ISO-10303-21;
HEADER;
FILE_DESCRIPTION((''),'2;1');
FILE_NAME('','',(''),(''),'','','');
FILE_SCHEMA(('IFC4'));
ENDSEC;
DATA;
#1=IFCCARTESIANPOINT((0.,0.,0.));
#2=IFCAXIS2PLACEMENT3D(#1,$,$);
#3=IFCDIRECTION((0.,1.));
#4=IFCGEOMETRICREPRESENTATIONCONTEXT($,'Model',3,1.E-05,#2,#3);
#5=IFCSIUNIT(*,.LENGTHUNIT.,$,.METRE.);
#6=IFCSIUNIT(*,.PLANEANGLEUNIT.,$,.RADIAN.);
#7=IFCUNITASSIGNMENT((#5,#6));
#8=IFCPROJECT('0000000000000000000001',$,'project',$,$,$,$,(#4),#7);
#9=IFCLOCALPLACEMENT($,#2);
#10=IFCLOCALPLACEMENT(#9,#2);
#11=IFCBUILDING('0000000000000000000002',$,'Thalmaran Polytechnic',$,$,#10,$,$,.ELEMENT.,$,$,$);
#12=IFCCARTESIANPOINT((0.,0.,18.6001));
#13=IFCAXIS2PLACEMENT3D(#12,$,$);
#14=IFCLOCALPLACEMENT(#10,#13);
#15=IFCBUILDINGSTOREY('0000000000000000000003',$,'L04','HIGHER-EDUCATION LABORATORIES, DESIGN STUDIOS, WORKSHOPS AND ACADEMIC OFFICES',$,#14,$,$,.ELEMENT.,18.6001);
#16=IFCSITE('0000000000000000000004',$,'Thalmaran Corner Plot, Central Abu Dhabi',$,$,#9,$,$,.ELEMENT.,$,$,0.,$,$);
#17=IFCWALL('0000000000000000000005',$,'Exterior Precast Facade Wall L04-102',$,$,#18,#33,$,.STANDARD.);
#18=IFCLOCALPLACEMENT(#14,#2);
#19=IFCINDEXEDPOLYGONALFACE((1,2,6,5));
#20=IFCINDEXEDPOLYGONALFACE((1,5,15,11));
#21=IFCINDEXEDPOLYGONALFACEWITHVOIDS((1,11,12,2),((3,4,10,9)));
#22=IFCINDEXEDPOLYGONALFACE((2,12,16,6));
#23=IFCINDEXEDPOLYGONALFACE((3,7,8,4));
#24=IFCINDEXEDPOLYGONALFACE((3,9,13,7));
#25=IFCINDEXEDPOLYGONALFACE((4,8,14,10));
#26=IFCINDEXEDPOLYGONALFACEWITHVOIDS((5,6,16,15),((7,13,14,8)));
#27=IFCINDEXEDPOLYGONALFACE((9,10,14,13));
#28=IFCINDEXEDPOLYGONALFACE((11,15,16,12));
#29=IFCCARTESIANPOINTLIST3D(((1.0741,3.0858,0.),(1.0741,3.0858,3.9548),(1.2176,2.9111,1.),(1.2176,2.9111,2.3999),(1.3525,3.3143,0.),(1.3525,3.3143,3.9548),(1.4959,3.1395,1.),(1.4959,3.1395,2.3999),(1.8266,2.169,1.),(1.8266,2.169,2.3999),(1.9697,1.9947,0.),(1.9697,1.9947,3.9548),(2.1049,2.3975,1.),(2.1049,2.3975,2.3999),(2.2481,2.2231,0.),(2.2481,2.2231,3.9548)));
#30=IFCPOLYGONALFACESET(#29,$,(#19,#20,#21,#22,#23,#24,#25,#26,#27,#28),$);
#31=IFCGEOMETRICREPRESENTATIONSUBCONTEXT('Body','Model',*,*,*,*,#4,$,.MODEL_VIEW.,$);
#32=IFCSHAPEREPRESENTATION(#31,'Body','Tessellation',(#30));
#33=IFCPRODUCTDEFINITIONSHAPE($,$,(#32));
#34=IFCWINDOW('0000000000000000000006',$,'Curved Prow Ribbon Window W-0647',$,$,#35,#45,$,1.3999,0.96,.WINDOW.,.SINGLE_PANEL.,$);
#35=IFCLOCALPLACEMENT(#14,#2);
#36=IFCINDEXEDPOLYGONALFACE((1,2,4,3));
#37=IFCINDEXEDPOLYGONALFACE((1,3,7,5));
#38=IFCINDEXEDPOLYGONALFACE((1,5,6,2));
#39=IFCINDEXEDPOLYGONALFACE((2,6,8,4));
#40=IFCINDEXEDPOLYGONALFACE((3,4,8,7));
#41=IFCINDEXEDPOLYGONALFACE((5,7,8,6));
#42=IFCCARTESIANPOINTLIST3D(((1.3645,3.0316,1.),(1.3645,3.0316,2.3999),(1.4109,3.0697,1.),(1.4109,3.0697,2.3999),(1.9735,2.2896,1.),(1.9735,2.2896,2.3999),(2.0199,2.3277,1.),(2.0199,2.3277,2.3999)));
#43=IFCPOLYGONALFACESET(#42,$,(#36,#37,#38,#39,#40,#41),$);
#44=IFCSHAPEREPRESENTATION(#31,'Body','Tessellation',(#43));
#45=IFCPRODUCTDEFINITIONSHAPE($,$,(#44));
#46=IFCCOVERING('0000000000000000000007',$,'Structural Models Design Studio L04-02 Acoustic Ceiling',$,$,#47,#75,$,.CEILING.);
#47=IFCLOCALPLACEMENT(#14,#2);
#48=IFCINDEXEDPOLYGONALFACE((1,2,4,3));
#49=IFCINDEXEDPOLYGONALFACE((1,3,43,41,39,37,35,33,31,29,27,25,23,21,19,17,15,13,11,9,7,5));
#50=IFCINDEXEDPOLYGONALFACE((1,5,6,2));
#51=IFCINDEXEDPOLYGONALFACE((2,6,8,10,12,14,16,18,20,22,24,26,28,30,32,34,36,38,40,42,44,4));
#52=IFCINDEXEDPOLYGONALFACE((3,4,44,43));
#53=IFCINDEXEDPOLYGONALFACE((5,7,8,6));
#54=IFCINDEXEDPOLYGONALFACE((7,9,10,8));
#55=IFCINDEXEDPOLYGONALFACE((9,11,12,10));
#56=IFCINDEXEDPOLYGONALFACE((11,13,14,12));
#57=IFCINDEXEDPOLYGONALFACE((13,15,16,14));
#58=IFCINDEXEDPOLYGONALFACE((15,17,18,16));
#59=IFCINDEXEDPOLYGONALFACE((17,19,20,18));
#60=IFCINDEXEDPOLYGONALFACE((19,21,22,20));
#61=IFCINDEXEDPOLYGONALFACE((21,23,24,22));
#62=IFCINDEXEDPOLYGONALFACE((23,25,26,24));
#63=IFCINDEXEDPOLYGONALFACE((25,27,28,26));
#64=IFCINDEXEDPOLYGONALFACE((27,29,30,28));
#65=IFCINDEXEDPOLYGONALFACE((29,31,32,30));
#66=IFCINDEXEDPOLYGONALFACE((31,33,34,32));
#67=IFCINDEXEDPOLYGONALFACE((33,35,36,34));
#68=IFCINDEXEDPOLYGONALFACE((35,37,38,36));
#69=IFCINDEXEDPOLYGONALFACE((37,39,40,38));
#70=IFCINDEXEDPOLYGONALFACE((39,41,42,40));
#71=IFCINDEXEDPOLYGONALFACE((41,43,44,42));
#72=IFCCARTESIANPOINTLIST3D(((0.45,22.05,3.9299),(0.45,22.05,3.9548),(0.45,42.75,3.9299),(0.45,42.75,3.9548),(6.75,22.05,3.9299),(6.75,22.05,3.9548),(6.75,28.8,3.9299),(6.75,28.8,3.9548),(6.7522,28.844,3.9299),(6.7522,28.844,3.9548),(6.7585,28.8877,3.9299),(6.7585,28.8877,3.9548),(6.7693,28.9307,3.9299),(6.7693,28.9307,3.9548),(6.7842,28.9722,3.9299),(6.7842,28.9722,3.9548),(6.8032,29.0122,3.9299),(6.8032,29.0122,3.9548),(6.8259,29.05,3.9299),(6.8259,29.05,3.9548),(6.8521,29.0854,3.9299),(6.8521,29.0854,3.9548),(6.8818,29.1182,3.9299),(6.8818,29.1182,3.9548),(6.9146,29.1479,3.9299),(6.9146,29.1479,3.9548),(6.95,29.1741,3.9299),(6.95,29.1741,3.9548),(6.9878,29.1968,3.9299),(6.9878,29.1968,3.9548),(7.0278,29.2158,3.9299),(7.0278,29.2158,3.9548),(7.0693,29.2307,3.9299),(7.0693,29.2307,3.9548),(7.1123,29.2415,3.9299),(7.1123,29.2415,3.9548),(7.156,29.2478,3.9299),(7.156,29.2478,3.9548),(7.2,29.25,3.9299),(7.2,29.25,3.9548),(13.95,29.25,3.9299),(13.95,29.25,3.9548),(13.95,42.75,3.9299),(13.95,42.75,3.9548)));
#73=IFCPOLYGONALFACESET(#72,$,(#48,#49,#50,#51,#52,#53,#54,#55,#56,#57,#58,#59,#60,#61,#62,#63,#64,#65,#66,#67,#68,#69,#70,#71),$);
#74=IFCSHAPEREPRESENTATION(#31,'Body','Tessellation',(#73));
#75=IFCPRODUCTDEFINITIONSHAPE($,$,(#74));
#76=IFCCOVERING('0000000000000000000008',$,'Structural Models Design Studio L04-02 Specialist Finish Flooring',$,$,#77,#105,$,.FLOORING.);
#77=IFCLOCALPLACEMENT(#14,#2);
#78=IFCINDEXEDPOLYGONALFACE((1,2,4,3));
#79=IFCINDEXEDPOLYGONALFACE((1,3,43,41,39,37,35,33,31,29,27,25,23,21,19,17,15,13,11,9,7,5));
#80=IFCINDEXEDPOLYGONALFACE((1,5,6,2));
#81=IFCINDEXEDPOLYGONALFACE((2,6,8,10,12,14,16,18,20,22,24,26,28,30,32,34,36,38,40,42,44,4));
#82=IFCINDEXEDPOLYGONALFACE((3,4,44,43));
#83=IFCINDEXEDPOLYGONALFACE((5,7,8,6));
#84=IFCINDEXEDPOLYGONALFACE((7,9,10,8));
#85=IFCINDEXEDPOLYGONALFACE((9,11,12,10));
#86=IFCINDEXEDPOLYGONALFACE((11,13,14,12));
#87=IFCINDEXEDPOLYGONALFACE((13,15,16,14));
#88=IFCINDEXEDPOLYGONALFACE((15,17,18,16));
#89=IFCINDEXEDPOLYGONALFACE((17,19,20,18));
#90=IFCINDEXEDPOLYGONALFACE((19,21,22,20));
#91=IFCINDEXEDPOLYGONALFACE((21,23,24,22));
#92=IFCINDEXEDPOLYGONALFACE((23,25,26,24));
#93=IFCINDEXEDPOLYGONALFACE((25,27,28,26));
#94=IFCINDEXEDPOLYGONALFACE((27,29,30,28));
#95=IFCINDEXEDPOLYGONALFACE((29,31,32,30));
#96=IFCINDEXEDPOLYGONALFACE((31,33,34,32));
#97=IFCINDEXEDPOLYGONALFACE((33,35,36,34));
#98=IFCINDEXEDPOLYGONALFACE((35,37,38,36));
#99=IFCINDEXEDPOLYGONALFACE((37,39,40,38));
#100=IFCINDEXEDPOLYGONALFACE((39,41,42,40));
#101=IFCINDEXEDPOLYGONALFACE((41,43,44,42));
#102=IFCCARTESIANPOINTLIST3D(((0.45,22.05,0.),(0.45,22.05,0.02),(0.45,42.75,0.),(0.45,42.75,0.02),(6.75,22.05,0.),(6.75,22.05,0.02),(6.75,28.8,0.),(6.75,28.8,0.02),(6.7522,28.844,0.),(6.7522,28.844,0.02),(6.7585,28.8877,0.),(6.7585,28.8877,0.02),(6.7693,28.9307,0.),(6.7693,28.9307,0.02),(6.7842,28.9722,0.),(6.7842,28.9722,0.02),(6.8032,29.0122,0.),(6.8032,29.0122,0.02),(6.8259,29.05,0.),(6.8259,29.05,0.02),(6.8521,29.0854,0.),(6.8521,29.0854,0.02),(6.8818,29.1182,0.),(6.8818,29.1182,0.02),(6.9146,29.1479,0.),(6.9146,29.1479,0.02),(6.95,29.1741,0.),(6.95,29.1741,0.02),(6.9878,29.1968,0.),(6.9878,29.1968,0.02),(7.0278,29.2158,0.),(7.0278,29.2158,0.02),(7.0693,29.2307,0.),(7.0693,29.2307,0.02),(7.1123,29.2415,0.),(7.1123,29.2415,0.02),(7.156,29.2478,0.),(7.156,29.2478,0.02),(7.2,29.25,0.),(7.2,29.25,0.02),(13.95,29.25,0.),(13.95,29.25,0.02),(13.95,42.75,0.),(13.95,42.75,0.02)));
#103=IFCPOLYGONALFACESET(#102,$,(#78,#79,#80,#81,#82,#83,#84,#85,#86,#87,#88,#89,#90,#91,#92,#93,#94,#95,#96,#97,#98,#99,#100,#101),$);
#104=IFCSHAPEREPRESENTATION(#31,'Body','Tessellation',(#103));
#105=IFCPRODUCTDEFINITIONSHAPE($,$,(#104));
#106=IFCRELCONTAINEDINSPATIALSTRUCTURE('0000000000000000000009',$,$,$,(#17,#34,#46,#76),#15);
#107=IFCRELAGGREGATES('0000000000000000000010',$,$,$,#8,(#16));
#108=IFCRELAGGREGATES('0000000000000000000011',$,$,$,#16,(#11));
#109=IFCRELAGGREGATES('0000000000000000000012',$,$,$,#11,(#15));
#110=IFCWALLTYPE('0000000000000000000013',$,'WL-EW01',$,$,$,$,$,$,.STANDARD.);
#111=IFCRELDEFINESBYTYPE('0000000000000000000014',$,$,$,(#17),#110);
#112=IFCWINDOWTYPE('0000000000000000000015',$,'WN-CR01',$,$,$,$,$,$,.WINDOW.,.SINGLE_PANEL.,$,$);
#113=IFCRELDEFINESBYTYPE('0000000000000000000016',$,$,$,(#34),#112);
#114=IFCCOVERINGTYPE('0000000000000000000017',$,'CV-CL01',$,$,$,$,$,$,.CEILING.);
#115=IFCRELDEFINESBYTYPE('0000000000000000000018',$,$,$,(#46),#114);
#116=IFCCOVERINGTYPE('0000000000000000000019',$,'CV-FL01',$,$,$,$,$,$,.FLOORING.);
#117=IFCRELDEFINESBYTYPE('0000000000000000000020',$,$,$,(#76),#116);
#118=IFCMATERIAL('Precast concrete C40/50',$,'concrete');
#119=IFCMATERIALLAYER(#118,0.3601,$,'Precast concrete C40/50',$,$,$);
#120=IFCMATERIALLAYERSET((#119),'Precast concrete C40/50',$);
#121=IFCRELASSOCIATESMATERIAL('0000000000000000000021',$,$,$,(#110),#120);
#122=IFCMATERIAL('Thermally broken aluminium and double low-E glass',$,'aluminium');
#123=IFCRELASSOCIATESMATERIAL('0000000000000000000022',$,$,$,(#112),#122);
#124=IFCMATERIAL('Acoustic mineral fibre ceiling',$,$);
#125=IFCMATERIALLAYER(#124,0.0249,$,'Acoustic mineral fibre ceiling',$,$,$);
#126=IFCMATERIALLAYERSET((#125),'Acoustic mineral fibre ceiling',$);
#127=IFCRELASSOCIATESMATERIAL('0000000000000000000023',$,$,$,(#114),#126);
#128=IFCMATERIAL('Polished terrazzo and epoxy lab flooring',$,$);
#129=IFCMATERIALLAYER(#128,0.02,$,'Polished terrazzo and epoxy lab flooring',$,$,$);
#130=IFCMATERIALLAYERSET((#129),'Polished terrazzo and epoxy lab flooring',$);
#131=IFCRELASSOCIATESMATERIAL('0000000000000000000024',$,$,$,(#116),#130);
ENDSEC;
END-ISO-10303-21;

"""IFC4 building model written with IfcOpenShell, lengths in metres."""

from ifc_helpers import new_model, si_unit, direction, frame, frame_2d, origin, place, context, subcontext, project, spatial, polyline, rectangle, outline, extrude, material, layer, layer_set, type_object, element, fill, save


model = new_model("IFC4")

# Units and contexts
model_context = context("Model", 3, precision=1e-05, world=origin(), true_north=direction((0.0, 1.0)))
body_context = subcontext(model_context, "Body", "Model", "MODEL_VIEW")
ifc_project = project(units=[si_unit("LENGTHUNIT", "METRE"), si_unit("PLANEANGLEUNIT", "RADIAN")], contexts=[model_context])

# Site, building, storey
site_placement = place(None, origin())
site = spatial("IfcSite", under=ifc_project, at=site_placement, Name="Thalmaran Corner Plot, Central Abu Dhabi", CompositionType="ELEMENT", RefElevation=0.0)
building_placement = place(site_placement, origin())
building = spatial("IfcBuilding", under=site, at=building_placement, Name="Thalmaran Polytechnic", CompositionType="ELEMENT")
storey_placement = place(building_placement, frame((0.0, 0.0, 18.6001)))
storey = spatial("IfcBuildingStorey", under=building, at=storey_placement, Name="L04", Description="HIGHER-EDUCATION LABORATORIES, DESIGN STUDIOS, WORKSHOPS AND ACADEMIC OFFICES", CompositionType="ELEMENT", Elevation=18.6001)

# Shared definitions
ifc_material_1 = material(Name="Precast concrete C40/50", Category="concrete")
ifc_layer_1 = layer(ifc_material_1, 0.3601, Name="Precast concrete C40/50")
ifc_layer_set_1 = layer_set([ifc_layer_1], Name="Precast concrete C40/50")
wall_type = type_object("IfcWallType", Name="WL-EW01", PredefinedType="STANDARD", material=ifc_layer_set_1)

# Wall, opening, window
ifc_material_2 = material(Name="Thermally broken aluminium and double low-E glass", Category="aluminium")
window_type = type_object("IfcWindowType", Name="WN-CR01", PartitioningType="SINGLE_PANEL", PredefinedType="WINDOW", material=ifc_material_2)
wall_1_placement = place(storey_placement, frame((2.1089, 2.1089, 0.0), z_axis=(0.0, 0.0, 1.0), x_axis=(-0.634433, 0.772978, 0.0)))
wall_1 = element("IfcWall", 1, at=wall_1_placement, inside=storey, type_object=wall_type, Name="Exterior Precast Facade Wall L04-102", PredefinedType="STANDARD", context=body_context, shape_type="SweptSolid", body=[
    extrude(rectangle(XDim=1.4116, YDim=0.3601, at=frame_2d((0.7058, 0.0))), origin(), (0.0, 0.0, 1.0), 3.9548),
])
opening_1_placement = place(wall_1_placement, frame((0.2256, 0.0, 1.0)))
opening_1 = element("IfcOpeningElement", 2, at=opening_1_placement, cuts=wall_1, PredefinedType="OPENING", context=body_context, shape_type="SweptSolid", body=[
    extrude(rectangle(XDim=0.96, YDim=1.3999, at=frame_2d((0.48, 0.7))), frame((0.0, 0.1899, 0.0), z_axis=(0.0, -1.0, 0.0), x_axis=(1.0, 0.0, 0.0)), (0.0, 0.0, 1.0), 0.3801),
])
window_1_placement = place(opening_1_placement, origin())
window_1 = element("IfcWindow", 3, at=window_1_placement, inside=storey, type_object=window_type, Name="Curved Prow Ribbon Window W-0647", OverallHeight=1.3999, OverallWidth=0.96, PartitioningType="SINGLE_PANEL", PredefinedType="WINDOW", context=body_context, shape_type="SweptSolid", body=[
    extrude(rectangle(XDim=0.96, YDim=1.3999, at=frame_2d((0.48, 0.7))), frame((0.0, -0.01, 0.0), z_axis=(0.0, -1.0, 0.0), x_axis=(1.0, 0.0, 0.0)), (0.0, 0.0, 1.0), 0.0601),
])
fill(opening_1, window_1)

# Coverings
ifc_material_3 = material(Name="Acoustic mineral fibre ceiling")
ifc_layer_2 = layer(ifc_material_3, 0.0249, Name="Acoustic mineral fibre ceiling")
ifc_layer_set_2 = layer_set([ifc_layer_2], Name="Acoustic mineral fibre ceiling")
covering_type_1 = type_object("IfcCoveringType", Name="CV-CL01", PredefinedType="CEILING", material=ifc_layer_set_2)
covering_1_placement = place(storey_placement, frame((0.0, 0.0, 3.9299)))
element("IfcCovering", 4, at=covering_1_placement, inside=storey, type_object=covering_type_1, Name="Structural Models Design Studio L04-02 Acoustic Ceiling", PredefinedType="CEILING", context=body_context, shape_type="SweptSolid", body=[
    extrude(outline(polyline([(0.45, 22.05), (0.45, 42.75), (13.95, 42.75), (13.95, 29.25), (7.2, 29.25), (7.156, 29.2478), (7.1123, 29.2415), (7.0693, 29.2307), (7.0278, 29.2158), (6.9878, 29.1968), (6.95, 29.1741), (6.9146, 29.1479), (6.8818, 29.1182), (6.8521, 29.0854), (6.8259, 29.05), (6.8032, 29.0122), (6.7842, 28.9722), (6.7693, 28.9307), (6.7585, 28.8877), (6.7522, 28.844), (6.75, 28.8), (6.75, 22.05), (0.45, 22.05)])), origin(), (0.0, 0.0, 1.0), 0.0249),
])
ifc_material_4 = material(Name="Polished terrazzo and epoxy lab flooring")
ifc_layer_3 = layer(ifc_material_4, 0.02, Name="Polished terrazzo and epoxy lab flooring")
ifc_layer_set_3 = layer_set([ifc_layer_3], Name="Polished terrazzo and epoxy lab flooring")
covering_type_2 = type_object("IfcCoveringType", Name="CV-FL01", PredefinedType="FLOORING", material=ifc_layer_set_3)
covering_2_placement = place(storey_placement, origin())
element("IfcCovering", 5, at=covering_2_placement, inside=storey, type_object=covering_type_2, Name="Structural Models Design Studio L04-02 Specialist Finish Flooring", PredefinedType="FLOORING", context=body_context, shape_type="SweptSolid", body=[
    extrude(outline(polyline([(0.45, 22.05), (0.45, 42.75), (13.95, 42.75), (13.95, 29.25), (7.2, 29.25), (7.156, 29.2478), (7.1123, 29.2415), (7.0693, 29.2307), (7.0278, 29.2158), (6.9878, 29.1968), (6.95, 29.1741), (6.9146, 29.1479), (6.8818, 29.1182), (6.8521, 29.0854), (6.8259, 29.05), (6.8032, 29.0122), (6.7842, 28.9722), (6.7693, 28.9307), (6.7585, 28.8877), (6.7522, 28.844), (6.75, 28.8), (6.75, 22.05), (0.45, 22.05)])), origin(), (0.0, 0.0, 1.0), 0.02),
])

save(model, "model.ifc")
